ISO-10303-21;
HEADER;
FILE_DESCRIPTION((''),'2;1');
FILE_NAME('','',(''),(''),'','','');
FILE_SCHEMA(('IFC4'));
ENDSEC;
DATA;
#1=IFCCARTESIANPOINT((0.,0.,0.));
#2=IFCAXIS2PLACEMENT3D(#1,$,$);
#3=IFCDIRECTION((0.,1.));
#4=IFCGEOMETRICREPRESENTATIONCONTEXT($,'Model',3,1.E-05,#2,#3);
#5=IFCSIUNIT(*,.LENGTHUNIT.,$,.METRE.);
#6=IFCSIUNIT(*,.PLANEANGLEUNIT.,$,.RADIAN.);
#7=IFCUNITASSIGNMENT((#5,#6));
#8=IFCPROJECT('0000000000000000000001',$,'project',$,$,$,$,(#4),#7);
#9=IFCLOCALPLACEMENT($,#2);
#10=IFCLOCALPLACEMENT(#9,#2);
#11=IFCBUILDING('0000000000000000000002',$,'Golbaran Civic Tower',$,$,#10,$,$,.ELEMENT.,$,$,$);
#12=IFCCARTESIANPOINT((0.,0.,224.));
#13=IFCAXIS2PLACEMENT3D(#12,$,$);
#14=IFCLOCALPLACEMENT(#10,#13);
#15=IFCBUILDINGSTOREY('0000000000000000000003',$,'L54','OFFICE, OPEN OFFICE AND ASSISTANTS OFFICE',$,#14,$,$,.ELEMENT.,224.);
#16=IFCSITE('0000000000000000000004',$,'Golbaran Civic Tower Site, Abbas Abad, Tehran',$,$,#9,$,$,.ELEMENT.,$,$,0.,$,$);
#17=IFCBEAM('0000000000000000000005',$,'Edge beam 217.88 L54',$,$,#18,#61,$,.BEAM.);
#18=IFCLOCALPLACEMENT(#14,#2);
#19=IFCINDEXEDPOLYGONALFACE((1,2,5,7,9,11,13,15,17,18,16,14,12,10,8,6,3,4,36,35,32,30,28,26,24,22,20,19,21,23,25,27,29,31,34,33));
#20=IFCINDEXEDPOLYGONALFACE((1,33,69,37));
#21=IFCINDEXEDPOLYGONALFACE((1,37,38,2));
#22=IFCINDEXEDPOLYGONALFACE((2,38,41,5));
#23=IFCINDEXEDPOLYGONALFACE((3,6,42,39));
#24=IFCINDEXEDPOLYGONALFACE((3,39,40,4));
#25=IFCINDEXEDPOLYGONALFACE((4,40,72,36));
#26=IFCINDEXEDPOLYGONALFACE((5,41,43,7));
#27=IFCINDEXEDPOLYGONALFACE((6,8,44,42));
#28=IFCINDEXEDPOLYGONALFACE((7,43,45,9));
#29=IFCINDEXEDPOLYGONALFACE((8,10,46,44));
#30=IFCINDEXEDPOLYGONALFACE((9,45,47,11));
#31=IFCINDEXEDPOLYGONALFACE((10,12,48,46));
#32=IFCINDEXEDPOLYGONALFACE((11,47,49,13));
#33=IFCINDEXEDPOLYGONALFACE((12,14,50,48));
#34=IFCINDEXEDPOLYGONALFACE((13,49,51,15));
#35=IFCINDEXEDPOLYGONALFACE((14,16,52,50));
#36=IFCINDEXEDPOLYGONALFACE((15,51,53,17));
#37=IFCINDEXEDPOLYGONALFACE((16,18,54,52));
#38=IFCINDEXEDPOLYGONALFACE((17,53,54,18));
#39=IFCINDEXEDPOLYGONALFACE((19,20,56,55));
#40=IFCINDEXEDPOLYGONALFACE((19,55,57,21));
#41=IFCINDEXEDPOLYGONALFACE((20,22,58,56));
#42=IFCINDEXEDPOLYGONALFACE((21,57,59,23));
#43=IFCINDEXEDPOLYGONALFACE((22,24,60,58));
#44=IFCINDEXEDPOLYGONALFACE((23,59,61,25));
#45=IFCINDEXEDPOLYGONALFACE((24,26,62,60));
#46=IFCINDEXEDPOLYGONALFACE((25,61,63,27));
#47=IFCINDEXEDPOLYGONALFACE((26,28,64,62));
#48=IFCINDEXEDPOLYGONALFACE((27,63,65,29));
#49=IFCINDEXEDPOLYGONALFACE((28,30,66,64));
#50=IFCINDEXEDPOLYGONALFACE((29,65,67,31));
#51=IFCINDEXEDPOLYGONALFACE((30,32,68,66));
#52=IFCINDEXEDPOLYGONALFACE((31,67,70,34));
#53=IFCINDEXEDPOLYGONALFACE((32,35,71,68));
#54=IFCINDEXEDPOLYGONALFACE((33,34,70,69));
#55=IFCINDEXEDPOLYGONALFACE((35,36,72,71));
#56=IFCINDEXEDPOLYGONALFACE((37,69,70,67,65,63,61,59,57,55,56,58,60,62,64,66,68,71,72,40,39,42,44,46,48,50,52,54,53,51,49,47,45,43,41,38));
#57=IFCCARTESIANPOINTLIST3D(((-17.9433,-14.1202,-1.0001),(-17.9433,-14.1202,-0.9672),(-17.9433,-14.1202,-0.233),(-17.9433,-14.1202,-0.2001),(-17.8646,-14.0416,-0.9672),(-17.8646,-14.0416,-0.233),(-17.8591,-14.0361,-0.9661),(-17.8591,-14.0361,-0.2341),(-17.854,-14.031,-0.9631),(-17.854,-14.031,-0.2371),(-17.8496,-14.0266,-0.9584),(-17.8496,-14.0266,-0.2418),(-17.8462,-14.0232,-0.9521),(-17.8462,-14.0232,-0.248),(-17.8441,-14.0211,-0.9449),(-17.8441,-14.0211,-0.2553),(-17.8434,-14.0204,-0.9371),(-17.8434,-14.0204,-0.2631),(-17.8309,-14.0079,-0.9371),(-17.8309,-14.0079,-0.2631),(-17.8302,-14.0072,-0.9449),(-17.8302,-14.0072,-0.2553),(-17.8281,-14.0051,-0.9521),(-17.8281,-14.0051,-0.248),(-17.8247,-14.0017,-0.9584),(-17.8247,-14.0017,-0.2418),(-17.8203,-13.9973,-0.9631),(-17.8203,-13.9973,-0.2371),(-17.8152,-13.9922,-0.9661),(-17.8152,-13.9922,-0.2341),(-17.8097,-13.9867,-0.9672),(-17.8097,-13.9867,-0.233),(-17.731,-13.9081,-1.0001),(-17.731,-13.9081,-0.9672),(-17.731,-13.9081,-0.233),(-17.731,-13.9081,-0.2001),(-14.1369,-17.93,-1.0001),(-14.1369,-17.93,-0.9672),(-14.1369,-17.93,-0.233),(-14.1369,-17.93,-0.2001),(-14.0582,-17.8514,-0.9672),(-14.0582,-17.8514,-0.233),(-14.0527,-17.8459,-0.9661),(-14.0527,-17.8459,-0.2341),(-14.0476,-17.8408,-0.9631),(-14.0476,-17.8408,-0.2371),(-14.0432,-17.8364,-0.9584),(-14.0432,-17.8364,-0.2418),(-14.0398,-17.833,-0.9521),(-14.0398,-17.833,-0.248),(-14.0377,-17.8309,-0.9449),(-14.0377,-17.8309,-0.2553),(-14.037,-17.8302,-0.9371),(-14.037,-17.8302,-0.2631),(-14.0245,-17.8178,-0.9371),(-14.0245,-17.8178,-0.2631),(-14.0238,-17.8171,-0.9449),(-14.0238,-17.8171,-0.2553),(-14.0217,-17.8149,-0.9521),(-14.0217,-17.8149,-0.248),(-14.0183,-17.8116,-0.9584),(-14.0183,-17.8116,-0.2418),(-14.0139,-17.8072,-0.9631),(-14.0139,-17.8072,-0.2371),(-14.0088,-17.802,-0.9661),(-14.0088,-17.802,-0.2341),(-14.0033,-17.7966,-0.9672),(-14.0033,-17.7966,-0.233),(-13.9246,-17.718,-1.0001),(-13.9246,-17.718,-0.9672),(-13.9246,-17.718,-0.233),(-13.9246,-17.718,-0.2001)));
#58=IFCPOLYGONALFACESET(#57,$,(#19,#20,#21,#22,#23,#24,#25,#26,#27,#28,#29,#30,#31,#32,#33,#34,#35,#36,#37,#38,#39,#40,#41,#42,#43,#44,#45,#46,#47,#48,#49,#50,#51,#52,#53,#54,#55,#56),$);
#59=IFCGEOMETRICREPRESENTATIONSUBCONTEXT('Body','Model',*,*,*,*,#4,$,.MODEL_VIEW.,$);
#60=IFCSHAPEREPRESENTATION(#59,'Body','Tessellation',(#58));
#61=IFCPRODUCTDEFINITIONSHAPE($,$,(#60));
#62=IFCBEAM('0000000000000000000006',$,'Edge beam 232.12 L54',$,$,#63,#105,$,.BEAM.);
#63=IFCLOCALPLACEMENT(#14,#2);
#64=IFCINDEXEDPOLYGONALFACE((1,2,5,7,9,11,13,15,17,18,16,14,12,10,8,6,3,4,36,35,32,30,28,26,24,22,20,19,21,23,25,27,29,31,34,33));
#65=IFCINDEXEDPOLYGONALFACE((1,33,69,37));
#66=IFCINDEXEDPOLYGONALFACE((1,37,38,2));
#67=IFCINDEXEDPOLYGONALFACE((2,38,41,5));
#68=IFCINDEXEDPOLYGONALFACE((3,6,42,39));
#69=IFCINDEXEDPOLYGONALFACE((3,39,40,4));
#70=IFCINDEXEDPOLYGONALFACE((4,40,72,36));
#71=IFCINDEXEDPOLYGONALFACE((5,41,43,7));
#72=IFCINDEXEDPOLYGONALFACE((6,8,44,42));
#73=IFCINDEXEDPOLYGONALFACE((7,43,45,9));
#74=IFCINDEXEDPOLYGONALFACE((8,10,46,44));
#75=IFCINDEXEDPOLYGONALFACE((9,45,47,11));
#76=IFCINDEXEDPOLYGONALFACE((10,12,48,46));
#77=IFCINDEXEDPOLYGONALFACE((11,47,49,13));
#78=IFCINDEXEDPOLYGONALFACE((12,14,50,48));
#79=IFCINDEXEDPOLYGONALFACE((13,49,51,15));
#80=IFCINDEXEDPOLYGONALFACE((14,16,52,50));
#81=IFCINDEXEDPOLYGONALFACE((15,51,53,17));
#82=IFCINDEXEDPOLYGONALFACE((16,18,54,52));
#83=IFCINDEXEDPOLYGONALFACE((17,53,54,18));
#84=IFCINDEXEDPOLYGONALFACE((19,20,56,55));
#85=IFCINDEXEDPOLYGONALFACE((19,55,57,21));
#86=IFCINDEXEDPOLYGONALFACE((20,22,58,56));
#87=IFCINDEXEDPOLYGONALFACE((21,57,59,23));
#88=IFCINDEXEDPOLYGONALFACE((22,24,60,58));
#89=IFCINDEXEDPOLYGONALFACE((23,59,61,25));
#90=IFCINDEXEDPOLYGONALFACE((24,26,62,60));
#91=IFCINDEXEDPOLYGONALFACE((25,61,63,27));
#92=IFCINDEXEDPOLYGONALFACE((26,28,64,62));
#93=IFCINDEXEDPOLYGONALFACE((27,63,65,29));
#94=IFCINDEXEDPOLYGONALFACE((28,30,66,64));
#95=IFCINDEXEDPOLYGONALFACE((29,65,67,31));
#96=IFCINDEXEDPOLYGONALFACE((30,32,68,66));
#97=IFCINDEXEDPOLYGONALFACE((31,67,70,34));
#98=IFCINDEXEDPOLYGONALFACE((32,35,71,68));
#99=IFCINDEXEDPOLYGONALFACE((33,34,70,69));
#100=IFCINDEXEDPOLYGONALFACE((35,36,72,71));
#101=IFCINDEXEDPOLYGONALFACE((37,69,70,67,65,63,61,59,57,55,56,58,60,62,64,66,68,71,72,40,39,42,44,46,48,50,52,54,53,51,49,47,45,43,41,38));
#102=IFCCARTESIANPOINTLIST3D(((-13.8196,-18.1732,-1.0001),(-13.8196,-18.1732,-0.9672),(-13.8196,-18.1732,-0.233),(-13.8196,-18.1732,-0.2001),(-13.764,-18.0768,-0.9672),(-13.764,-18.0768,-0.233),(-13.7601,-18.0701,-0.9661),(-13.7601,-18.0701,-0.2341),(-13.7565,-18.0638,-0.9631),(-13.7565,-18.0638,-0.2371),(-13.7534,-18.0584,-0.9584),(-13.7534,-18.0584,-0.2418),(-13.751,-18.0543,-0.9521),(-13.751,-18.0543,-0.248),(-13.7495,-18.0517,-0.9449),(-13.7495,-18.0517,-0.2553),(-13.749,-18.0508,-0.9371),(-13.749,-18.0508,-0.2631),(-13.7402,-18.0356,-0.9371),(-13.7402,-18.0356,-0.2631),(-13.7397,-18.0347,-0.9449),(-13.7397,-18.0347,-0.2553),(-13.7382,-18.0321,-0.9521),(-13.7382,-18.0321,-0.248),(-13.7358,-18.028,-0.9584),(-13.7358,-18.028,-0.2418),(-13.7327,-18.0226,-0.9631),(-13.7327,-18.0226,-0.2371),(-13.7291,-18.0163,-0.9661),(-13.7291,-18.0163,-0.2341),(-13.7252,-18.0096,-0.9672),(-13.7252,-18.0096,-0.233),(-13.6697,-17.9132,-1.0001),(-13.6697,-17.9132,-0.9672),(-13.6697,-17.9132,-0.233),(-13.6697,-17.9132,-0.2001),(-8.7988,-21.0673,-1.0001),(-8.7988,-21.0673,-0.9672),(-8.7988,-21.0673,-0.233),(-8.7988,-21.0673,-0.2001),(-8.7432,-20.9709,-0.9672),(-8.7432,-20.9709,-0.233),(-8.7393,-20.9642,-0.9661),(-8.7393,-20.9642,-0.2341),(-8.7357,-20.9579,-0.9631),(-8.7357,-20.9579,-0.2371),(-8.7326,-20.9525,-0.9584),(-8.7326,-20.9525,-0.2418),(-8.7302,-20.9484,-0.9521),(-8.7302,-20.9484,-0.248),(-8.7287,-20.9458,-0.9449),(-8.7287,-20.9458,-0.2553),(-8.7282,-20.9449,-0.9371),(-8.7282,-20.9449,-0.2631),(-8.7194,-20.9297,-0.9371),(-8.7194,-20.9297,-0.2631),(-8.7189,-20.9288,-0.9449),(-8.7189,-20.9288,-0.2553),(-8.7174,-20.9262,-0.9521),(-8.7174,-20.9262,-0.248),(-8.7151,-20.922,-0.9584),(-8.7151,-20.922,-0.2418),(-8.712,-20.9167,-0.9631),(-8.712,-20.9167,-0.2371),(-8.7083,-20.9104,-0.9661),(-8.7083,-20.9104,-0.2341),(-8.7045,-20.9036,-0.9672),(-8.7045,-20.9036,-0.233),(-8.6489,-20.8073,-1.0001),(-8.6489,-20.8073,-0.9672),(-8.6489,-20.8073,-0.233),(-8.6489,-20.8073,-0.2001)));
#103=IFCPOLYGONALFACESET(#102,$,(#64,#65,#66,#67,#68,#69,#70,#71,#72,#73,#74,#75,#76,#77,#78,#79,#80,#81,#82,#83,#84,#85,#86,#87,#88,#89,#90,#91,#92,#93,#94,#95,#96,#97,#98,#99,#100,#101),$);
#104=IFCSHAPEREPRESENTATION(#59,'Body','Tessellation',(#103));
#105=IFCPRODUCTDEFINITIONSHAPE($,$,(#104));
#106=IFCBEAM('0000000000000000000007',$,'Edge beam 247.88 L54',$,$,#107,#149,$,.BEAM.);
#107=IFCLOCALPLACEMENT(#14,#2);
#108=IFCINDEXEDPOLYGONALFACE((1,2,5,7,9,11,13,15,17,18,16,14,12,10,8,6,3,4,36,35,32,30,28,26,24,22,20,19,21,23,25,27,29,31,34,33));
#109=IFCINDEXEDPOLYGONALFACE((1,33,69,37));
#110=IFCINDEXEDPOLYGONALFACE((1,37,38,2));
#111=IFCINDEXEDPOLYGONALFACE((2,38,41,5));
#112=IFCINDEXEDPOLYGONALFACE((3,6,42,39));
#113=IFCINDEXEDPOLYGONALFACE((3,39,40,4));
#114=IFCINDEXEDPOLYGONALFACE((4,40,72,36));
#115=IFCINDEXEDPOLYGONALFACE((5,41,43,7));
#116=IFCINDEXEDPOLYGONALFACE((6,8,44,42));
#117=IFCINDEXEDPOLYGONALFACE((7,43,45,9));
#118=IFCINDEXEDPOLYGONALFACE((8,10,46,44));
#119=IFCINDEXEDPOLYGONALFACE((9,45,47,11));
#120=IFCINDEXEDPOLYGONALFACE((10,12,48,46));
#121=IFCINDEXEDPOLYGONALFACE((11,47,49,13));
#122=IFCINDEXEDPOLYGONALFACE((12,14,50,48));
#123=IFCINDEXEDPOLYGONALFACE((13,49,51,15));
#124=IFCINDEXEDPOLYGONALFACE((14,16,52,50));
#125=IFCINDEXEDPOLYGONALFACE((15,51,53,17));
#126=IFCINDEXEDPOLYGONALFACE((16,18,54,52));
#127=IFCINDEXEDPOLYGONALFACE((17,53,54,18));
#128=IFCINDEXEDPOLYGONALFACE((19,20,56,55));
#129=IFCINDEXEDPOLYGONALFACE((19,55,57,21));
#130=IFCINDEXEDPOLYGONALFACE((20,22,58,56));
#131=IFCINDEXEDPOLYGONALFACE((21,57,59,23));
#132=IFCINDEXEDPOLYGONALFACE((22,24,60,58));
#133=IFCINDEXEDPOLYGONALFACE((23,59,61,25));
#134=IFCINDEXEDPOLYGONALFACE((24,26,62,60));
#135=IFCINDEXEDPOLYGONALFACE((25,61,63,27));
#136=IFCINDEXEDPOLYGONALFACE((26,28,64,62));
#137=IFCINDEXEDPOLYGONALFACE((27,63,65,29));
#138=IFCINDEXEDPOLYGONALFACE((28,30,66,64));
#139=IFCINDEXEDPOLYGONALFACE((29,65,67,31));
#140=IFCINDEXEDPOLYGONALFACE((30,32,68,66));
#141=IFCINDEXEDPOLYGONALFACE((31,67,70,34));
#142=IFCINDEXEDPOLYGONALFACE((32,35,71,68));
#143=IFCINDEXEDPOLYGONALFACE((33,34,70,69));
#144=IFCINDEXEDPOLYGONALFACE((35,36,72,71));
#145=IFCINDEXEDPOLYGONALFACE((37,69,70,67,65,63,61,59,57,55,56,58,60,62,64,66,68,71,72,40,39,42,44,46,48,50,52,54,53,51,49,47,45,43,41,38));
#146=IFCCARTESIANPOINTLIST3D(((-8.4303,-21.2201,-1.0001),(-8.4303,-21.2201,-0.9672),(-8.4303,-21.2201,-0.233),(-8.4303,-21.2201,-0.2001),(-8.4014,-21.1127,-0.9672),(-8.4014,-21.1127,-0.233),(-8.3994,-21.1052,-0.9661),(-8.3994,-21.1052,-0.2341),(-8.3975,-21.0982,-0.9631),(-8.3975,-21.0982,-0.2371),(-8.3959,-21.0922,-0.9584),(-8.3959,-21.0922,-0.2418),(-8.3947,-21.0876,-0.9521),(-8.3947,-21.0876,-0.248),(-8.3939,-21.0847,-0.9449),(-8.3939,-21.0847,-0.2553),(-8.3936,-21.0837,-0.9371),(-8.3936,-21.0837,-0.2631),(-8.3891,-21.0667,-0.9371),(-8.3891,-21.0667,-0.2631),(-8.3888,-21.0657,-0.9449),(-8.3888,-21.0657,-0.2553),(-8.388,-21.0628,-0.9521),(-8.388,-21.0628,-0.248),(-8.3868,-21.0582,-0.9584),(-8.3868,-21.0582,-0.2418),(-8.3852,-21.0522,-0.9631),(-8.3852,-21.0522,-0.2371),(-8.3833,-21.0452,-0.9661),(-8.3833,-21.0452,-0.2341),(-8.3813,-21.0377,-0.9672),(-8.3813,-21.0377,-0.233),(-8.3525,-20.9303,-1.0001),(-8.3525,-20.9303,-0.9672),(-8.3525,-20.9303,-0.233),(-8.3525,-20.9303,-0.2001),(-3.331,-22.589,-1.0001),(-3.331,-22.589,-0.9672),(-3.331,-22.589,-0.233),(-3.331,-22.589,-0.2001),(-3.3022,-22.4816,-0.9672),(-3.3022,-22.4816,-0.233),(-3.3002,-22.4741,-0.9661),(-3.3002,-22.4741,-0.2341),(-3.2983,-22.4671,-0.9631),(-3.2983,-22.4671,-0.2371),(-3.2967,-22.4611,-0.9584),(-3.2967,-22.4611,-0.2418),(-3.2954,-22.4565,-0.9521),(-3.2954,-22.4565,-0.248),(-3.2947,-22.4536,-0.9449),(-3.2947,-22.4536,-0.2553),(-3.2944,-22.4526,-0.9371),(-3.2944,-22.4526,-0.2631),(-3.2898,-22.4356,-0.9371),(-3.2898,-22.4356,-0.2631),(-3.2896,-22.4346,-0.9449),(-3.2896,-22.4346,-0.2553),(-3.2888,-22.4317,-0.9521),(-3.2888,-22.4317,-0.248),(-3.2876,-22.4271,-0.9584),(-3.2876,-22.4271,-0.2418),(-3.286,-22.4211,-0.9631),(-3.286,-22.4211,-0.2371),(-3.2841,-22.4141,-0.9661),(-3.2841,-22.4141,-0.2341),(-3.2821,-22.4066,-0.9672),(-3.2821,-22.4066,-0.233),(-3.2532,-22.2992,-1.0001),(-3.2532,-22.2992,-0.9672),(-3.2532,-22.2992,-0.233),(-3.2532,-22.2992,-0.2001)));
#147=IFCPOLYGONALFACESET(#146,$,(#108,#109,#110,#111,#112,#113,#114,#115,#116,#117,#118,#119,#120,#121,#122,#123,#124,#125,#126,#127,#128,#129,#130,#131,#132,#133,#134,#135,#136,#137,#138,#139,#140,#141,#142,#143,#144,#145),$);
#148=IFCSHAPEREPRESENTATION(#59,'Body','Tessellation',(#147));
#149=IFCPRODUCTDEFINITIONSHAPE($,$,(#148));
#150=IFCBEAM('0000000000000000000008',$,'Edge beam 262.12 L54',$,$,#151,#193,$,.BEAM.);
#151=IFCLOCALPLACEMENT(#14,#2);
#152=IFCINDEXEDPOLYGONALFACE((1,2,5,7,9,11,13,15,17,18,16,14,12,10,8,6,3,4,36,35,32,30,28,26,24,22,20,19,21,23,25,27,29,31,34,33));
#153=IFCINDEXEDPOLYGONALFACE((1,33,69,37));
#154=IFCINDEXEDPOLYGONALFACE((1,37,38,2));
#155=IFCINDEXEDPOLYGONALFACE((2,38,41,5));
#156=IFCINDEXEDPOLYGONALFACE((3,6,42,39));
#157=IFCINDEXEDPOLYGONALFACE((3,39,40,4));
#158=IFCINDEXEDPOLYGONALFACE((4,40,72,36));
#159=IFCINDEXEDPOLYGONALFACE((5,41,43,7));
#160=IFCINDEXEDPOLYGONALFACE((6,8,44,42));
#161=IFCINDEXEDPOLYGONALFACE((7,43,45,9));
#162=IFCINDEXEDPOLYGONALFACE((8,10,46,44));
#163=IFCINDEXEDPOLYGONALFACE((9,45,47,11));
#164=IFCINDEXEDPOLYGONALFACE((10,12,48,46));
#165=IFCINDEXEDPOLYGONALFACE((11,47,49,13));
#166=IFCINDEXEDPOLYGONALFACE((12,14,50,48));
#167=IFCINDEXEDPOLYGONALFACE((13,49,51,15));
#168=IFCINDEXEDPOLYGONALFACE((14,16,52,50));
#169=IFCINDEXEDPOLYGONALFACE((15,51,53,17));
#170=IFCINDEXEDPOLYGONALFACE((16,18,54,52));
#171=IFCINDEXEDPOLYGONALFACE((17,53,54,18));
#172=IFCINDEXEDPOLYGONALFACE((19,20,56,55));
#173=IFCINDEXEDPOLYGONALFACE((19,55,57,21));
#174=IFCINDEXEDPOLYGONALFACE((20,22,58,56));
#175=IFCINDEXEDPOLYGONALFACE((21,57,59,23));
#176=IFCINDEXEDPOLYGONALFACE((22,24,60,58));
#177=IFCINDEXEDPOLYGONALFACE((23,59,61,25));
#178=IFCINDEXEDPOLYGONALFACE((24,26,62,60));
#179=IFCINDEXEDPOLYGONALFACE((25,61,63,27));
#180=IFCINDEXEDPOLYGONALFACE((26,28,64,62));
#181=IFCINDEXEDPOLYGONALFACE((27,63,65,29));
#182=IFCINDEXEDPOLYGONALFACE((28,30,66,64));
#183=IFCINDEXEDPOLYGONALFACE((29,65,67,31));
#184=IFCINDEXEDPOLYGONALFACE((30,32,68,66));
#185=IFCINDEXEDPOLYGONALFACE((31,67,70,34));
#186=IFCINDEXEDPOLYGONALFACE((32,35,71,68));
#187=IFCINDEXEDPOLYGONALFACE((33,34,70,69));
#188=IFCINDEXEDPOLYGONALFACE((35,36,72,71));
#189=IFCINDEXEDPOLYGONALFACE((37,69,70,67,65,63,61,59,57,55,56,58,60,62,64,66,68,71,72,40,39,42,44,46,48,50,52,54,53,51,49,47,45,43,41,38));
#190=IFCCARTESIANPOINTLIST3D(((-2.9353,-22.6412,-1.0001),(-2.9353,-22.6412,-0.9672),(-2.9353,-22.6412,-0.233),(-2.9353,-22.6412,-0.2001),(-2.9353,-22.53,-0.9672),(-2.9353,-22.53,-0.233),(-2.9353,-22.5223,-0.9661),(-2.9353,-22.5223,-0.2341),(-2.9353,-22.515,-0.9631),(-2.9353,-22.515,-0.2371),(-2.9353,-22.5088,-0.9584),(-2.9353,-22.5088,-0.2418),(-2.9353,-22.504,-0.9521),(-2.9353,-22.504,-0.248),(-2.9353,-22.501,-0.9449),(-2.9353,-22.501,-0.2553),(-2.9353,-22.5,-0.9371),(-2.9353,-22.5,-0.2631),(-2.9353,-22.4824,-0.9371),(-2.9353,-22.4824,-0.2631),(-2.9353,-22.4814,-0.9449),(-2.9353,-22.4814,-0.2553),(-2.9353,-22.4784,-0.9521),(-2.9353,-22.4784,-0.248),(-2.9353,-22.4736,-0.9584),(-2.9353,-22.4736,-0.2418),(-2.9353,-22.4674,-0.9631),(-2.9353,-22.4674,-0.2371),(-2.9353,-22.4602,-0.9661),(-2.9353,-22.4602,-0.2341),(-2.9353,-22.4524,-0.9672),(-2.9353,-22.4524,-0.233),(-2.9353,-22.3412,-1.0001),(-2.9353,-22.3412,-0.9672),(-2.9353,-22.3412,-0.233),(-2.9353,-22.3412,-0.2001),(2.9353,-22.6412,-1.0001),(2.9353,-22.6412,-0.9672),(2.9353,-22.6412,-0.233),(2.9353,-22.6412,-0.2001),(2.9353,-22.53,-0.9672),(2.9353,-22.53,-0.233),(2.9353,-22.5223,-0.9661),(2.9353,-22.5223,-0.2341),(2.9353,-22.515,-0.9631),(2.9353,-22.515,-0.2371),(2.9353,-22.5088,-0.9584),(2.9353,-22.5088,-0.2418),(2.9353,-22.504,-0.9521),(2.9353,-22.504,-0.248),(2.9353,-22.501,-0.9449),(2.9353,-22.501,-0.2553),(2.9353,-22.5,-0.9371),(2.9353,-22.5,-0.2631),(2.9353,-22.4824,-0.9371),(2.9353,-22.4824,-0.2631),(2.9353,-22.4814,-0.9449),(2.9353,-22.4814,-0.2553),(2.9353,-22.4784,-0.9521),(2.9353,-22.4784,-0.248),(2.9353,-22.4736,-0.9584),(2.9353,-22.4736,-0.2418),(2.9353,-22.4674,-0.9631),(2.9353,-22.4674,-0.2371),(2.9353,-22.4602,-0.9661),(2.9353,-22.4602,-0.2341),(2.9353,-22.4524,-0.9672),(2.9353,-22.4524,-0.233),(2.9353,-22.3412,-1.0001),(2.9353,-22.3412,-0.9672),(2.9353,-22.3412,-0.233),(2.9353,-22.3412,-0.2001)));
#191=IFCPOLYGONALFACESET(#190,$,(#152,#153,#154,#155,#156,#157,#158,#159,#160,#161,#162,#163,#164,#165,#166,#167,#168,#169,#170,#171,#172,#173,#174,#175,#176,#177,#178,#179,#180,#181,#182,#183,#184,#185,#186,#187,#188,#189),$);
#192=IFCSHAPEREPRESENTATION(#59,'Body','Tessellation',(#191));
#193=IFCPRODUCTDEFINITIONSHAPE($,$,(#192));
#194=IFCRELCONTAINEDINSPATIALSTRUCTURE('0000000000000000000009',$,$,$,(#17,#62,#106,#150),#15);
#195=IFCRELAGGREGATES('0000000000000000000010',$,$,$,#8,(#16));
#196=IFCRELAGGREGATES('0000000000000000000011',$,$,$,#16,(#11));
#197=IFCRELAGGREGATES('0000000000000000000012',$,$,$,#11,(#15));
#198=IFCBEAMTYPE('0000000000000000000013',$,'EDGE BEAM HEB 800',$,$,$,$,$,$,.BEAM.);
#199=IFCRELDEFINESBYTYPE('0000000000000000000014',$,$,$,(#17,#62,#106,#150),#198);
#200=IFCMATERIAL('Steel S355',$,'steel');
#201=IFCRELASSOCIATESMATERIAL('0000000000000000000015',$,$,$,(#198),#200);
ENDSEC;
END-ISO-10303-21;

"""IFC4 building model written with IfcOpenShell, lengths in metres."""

from ifc_helpers import new_model, si_unit, direction, frame, origin, origin_2d, place, context, subcontext, project, spatial, i_section, extrude, material, material_profile, profile_set, type_object, element, save


model = new_model("IFC4")

# Units and contexts
model_context = context("Model", 3, precision=1e-05, world=origin(), true_north=direction((0.0, 1.0)))
body_context = subcontext(model_context, "Body", "Model", "MODEL_VIEW")
ifc_project = project(units=[si_unit("LENGTHUNIT", "METRE"), si_unit("PLANEANGLEUNIT", "RADIAN")], contexts=[model_context])

# Site, building, storey
site_placement = place(None, origin())
site = spatial("IfcSite", under=ifc_project, at=site_placement, Name="Golbaran Civic Tower Site, Abbas Abad, Tehran", CompositionType="ELEMENT", RefElevation=0.0)
building_placement = place(site_placement, origin())
building = spatial("IfcBuilding", under=site, at=building_placement, Name="Golbaran Civic Tower", CompositionType="ELEMENT")
storey_placement = place(building_placement, frame((0.0, 0.0, 224.0)))
storey = spatial("IfcBuildingStorey", under=building, at=storey_placement, Name="L54", Description="OFFICE, OPEN OFFICE AND ASSISTANTS OFFICE", CompositionType="ELEMENT", Elevation=224.0)

# Beams
ifc_material_1 = material(Name="Steel S355", Category="steel")
ifc_material_profile_1 = material_profile(ifc_material_1, i_section(OverallWidth=0.3, OverallDepth=0.8, WebThickness=0.0176, FlangeThickness=0.033, FilletRadius=0.03, at=origin_2d()), Name="HEB 800")
ifc_profile_set_1 = profile_set([ifc_material_profile_1], Name="Steel S355")
beam_type_1 = type_object("IfcBeamType", Name="EDGE BEAM HEB 800", PredefinedType="BEAM", material=ifc_profile_set_1)
beam_1_placement = place(storey_placement, frame((-17.8372, -14.0142, -0.6001), z_axis=(0.706789, -0.707424, 0.0), x_axis=(0.707424, 0.706789, 0.0)))
element("IfcBeam", 1, at=beam_1_placement, inside=storey, type_object=beam_type_1, Name="Edge beam 217.88 L54", PredefinedType="BEAM", context=body_context, shape_type="SweptSolid", body=[
    extrude(i_section(OverallWidth=0.3, OverallDepth=0.8, WebThickness=0.0176, FlangeThickness=0.033, FilletRadius=0.03, at=origin_2d()), origin(), (0.0, 0.0, 1.0), 5.3855),
])
beam_2_placement = place(storey_placement, frame((-13.7446, -18.0432, -0.6001), z_axis=(0.866376, -0.499393, 0.0), x_axis=(0.499393, 0.866376, 0.0)))
element("IfcBeam", 2, at=beam_2_placement, inside=storey, type_object=beam_type_1, Name="Edge beam 232.12 L54", PredefinedType="BEAM", context=body_context, shape_type="SweptSolid", body=[
    extrude(i_section(OverallWidth=0.3, OverallDepth=0.8, WebThickness=0.0176, FlangeThickness=0.033, FilletRadius=0.03, at=origin_2d()), origin(), (0.0, 0.0, 1.0), 5.7952),
])
beam_3_placement = place(storey_placement, frame((-8.3914, -21.0752, -0.6001), z_axis=(0.965803, -0.259277, 0.0), x_axis=(0.259277, 0.965803, 0.0)))
element("IfcBeam", 3, at=beam_3_placement, inside=storey, type_object=beam_type_1, Name="Edge beam 247.88 L54", PredefinedType="BEAM", context=body_context, shape_type="SweptSolid", body=[
    extrude(i_section(OverallWidth=0.3, OverallDepth=0.8, WebThickness=0.0176, FlangeThickness=0.033, FilletRadius=0.03, at=origin_2d()), origin(), (0.0, 0.0, 1.0), 5.2798),
])
beam_4_placement = place(storey_placement, frame((-2.9353, -22.4912, -0.6001), z_axis=(1.0, 0.0, 0.0), x_axis=(0.0, 1.0, 0.0)))
element("IfcBeam", 4, at=beam_4_placement, inside=storey, type_object=beam_type_1, Name="Edge beam 262.12 L54", PredefinedType="BEAM", context=body_context, shape_type="SweptSolid", body=[
    extrude(i_section(OverallWidth=0.3, OverallDepth=0.8, WebThickness=0.0176, FlangeThickness=0.033, FilletRadius=0.03, at=origin_2d()), origin(), (0.0, 0.0, 1.0), 5.8706),
])

save(model, "model.ifc")
